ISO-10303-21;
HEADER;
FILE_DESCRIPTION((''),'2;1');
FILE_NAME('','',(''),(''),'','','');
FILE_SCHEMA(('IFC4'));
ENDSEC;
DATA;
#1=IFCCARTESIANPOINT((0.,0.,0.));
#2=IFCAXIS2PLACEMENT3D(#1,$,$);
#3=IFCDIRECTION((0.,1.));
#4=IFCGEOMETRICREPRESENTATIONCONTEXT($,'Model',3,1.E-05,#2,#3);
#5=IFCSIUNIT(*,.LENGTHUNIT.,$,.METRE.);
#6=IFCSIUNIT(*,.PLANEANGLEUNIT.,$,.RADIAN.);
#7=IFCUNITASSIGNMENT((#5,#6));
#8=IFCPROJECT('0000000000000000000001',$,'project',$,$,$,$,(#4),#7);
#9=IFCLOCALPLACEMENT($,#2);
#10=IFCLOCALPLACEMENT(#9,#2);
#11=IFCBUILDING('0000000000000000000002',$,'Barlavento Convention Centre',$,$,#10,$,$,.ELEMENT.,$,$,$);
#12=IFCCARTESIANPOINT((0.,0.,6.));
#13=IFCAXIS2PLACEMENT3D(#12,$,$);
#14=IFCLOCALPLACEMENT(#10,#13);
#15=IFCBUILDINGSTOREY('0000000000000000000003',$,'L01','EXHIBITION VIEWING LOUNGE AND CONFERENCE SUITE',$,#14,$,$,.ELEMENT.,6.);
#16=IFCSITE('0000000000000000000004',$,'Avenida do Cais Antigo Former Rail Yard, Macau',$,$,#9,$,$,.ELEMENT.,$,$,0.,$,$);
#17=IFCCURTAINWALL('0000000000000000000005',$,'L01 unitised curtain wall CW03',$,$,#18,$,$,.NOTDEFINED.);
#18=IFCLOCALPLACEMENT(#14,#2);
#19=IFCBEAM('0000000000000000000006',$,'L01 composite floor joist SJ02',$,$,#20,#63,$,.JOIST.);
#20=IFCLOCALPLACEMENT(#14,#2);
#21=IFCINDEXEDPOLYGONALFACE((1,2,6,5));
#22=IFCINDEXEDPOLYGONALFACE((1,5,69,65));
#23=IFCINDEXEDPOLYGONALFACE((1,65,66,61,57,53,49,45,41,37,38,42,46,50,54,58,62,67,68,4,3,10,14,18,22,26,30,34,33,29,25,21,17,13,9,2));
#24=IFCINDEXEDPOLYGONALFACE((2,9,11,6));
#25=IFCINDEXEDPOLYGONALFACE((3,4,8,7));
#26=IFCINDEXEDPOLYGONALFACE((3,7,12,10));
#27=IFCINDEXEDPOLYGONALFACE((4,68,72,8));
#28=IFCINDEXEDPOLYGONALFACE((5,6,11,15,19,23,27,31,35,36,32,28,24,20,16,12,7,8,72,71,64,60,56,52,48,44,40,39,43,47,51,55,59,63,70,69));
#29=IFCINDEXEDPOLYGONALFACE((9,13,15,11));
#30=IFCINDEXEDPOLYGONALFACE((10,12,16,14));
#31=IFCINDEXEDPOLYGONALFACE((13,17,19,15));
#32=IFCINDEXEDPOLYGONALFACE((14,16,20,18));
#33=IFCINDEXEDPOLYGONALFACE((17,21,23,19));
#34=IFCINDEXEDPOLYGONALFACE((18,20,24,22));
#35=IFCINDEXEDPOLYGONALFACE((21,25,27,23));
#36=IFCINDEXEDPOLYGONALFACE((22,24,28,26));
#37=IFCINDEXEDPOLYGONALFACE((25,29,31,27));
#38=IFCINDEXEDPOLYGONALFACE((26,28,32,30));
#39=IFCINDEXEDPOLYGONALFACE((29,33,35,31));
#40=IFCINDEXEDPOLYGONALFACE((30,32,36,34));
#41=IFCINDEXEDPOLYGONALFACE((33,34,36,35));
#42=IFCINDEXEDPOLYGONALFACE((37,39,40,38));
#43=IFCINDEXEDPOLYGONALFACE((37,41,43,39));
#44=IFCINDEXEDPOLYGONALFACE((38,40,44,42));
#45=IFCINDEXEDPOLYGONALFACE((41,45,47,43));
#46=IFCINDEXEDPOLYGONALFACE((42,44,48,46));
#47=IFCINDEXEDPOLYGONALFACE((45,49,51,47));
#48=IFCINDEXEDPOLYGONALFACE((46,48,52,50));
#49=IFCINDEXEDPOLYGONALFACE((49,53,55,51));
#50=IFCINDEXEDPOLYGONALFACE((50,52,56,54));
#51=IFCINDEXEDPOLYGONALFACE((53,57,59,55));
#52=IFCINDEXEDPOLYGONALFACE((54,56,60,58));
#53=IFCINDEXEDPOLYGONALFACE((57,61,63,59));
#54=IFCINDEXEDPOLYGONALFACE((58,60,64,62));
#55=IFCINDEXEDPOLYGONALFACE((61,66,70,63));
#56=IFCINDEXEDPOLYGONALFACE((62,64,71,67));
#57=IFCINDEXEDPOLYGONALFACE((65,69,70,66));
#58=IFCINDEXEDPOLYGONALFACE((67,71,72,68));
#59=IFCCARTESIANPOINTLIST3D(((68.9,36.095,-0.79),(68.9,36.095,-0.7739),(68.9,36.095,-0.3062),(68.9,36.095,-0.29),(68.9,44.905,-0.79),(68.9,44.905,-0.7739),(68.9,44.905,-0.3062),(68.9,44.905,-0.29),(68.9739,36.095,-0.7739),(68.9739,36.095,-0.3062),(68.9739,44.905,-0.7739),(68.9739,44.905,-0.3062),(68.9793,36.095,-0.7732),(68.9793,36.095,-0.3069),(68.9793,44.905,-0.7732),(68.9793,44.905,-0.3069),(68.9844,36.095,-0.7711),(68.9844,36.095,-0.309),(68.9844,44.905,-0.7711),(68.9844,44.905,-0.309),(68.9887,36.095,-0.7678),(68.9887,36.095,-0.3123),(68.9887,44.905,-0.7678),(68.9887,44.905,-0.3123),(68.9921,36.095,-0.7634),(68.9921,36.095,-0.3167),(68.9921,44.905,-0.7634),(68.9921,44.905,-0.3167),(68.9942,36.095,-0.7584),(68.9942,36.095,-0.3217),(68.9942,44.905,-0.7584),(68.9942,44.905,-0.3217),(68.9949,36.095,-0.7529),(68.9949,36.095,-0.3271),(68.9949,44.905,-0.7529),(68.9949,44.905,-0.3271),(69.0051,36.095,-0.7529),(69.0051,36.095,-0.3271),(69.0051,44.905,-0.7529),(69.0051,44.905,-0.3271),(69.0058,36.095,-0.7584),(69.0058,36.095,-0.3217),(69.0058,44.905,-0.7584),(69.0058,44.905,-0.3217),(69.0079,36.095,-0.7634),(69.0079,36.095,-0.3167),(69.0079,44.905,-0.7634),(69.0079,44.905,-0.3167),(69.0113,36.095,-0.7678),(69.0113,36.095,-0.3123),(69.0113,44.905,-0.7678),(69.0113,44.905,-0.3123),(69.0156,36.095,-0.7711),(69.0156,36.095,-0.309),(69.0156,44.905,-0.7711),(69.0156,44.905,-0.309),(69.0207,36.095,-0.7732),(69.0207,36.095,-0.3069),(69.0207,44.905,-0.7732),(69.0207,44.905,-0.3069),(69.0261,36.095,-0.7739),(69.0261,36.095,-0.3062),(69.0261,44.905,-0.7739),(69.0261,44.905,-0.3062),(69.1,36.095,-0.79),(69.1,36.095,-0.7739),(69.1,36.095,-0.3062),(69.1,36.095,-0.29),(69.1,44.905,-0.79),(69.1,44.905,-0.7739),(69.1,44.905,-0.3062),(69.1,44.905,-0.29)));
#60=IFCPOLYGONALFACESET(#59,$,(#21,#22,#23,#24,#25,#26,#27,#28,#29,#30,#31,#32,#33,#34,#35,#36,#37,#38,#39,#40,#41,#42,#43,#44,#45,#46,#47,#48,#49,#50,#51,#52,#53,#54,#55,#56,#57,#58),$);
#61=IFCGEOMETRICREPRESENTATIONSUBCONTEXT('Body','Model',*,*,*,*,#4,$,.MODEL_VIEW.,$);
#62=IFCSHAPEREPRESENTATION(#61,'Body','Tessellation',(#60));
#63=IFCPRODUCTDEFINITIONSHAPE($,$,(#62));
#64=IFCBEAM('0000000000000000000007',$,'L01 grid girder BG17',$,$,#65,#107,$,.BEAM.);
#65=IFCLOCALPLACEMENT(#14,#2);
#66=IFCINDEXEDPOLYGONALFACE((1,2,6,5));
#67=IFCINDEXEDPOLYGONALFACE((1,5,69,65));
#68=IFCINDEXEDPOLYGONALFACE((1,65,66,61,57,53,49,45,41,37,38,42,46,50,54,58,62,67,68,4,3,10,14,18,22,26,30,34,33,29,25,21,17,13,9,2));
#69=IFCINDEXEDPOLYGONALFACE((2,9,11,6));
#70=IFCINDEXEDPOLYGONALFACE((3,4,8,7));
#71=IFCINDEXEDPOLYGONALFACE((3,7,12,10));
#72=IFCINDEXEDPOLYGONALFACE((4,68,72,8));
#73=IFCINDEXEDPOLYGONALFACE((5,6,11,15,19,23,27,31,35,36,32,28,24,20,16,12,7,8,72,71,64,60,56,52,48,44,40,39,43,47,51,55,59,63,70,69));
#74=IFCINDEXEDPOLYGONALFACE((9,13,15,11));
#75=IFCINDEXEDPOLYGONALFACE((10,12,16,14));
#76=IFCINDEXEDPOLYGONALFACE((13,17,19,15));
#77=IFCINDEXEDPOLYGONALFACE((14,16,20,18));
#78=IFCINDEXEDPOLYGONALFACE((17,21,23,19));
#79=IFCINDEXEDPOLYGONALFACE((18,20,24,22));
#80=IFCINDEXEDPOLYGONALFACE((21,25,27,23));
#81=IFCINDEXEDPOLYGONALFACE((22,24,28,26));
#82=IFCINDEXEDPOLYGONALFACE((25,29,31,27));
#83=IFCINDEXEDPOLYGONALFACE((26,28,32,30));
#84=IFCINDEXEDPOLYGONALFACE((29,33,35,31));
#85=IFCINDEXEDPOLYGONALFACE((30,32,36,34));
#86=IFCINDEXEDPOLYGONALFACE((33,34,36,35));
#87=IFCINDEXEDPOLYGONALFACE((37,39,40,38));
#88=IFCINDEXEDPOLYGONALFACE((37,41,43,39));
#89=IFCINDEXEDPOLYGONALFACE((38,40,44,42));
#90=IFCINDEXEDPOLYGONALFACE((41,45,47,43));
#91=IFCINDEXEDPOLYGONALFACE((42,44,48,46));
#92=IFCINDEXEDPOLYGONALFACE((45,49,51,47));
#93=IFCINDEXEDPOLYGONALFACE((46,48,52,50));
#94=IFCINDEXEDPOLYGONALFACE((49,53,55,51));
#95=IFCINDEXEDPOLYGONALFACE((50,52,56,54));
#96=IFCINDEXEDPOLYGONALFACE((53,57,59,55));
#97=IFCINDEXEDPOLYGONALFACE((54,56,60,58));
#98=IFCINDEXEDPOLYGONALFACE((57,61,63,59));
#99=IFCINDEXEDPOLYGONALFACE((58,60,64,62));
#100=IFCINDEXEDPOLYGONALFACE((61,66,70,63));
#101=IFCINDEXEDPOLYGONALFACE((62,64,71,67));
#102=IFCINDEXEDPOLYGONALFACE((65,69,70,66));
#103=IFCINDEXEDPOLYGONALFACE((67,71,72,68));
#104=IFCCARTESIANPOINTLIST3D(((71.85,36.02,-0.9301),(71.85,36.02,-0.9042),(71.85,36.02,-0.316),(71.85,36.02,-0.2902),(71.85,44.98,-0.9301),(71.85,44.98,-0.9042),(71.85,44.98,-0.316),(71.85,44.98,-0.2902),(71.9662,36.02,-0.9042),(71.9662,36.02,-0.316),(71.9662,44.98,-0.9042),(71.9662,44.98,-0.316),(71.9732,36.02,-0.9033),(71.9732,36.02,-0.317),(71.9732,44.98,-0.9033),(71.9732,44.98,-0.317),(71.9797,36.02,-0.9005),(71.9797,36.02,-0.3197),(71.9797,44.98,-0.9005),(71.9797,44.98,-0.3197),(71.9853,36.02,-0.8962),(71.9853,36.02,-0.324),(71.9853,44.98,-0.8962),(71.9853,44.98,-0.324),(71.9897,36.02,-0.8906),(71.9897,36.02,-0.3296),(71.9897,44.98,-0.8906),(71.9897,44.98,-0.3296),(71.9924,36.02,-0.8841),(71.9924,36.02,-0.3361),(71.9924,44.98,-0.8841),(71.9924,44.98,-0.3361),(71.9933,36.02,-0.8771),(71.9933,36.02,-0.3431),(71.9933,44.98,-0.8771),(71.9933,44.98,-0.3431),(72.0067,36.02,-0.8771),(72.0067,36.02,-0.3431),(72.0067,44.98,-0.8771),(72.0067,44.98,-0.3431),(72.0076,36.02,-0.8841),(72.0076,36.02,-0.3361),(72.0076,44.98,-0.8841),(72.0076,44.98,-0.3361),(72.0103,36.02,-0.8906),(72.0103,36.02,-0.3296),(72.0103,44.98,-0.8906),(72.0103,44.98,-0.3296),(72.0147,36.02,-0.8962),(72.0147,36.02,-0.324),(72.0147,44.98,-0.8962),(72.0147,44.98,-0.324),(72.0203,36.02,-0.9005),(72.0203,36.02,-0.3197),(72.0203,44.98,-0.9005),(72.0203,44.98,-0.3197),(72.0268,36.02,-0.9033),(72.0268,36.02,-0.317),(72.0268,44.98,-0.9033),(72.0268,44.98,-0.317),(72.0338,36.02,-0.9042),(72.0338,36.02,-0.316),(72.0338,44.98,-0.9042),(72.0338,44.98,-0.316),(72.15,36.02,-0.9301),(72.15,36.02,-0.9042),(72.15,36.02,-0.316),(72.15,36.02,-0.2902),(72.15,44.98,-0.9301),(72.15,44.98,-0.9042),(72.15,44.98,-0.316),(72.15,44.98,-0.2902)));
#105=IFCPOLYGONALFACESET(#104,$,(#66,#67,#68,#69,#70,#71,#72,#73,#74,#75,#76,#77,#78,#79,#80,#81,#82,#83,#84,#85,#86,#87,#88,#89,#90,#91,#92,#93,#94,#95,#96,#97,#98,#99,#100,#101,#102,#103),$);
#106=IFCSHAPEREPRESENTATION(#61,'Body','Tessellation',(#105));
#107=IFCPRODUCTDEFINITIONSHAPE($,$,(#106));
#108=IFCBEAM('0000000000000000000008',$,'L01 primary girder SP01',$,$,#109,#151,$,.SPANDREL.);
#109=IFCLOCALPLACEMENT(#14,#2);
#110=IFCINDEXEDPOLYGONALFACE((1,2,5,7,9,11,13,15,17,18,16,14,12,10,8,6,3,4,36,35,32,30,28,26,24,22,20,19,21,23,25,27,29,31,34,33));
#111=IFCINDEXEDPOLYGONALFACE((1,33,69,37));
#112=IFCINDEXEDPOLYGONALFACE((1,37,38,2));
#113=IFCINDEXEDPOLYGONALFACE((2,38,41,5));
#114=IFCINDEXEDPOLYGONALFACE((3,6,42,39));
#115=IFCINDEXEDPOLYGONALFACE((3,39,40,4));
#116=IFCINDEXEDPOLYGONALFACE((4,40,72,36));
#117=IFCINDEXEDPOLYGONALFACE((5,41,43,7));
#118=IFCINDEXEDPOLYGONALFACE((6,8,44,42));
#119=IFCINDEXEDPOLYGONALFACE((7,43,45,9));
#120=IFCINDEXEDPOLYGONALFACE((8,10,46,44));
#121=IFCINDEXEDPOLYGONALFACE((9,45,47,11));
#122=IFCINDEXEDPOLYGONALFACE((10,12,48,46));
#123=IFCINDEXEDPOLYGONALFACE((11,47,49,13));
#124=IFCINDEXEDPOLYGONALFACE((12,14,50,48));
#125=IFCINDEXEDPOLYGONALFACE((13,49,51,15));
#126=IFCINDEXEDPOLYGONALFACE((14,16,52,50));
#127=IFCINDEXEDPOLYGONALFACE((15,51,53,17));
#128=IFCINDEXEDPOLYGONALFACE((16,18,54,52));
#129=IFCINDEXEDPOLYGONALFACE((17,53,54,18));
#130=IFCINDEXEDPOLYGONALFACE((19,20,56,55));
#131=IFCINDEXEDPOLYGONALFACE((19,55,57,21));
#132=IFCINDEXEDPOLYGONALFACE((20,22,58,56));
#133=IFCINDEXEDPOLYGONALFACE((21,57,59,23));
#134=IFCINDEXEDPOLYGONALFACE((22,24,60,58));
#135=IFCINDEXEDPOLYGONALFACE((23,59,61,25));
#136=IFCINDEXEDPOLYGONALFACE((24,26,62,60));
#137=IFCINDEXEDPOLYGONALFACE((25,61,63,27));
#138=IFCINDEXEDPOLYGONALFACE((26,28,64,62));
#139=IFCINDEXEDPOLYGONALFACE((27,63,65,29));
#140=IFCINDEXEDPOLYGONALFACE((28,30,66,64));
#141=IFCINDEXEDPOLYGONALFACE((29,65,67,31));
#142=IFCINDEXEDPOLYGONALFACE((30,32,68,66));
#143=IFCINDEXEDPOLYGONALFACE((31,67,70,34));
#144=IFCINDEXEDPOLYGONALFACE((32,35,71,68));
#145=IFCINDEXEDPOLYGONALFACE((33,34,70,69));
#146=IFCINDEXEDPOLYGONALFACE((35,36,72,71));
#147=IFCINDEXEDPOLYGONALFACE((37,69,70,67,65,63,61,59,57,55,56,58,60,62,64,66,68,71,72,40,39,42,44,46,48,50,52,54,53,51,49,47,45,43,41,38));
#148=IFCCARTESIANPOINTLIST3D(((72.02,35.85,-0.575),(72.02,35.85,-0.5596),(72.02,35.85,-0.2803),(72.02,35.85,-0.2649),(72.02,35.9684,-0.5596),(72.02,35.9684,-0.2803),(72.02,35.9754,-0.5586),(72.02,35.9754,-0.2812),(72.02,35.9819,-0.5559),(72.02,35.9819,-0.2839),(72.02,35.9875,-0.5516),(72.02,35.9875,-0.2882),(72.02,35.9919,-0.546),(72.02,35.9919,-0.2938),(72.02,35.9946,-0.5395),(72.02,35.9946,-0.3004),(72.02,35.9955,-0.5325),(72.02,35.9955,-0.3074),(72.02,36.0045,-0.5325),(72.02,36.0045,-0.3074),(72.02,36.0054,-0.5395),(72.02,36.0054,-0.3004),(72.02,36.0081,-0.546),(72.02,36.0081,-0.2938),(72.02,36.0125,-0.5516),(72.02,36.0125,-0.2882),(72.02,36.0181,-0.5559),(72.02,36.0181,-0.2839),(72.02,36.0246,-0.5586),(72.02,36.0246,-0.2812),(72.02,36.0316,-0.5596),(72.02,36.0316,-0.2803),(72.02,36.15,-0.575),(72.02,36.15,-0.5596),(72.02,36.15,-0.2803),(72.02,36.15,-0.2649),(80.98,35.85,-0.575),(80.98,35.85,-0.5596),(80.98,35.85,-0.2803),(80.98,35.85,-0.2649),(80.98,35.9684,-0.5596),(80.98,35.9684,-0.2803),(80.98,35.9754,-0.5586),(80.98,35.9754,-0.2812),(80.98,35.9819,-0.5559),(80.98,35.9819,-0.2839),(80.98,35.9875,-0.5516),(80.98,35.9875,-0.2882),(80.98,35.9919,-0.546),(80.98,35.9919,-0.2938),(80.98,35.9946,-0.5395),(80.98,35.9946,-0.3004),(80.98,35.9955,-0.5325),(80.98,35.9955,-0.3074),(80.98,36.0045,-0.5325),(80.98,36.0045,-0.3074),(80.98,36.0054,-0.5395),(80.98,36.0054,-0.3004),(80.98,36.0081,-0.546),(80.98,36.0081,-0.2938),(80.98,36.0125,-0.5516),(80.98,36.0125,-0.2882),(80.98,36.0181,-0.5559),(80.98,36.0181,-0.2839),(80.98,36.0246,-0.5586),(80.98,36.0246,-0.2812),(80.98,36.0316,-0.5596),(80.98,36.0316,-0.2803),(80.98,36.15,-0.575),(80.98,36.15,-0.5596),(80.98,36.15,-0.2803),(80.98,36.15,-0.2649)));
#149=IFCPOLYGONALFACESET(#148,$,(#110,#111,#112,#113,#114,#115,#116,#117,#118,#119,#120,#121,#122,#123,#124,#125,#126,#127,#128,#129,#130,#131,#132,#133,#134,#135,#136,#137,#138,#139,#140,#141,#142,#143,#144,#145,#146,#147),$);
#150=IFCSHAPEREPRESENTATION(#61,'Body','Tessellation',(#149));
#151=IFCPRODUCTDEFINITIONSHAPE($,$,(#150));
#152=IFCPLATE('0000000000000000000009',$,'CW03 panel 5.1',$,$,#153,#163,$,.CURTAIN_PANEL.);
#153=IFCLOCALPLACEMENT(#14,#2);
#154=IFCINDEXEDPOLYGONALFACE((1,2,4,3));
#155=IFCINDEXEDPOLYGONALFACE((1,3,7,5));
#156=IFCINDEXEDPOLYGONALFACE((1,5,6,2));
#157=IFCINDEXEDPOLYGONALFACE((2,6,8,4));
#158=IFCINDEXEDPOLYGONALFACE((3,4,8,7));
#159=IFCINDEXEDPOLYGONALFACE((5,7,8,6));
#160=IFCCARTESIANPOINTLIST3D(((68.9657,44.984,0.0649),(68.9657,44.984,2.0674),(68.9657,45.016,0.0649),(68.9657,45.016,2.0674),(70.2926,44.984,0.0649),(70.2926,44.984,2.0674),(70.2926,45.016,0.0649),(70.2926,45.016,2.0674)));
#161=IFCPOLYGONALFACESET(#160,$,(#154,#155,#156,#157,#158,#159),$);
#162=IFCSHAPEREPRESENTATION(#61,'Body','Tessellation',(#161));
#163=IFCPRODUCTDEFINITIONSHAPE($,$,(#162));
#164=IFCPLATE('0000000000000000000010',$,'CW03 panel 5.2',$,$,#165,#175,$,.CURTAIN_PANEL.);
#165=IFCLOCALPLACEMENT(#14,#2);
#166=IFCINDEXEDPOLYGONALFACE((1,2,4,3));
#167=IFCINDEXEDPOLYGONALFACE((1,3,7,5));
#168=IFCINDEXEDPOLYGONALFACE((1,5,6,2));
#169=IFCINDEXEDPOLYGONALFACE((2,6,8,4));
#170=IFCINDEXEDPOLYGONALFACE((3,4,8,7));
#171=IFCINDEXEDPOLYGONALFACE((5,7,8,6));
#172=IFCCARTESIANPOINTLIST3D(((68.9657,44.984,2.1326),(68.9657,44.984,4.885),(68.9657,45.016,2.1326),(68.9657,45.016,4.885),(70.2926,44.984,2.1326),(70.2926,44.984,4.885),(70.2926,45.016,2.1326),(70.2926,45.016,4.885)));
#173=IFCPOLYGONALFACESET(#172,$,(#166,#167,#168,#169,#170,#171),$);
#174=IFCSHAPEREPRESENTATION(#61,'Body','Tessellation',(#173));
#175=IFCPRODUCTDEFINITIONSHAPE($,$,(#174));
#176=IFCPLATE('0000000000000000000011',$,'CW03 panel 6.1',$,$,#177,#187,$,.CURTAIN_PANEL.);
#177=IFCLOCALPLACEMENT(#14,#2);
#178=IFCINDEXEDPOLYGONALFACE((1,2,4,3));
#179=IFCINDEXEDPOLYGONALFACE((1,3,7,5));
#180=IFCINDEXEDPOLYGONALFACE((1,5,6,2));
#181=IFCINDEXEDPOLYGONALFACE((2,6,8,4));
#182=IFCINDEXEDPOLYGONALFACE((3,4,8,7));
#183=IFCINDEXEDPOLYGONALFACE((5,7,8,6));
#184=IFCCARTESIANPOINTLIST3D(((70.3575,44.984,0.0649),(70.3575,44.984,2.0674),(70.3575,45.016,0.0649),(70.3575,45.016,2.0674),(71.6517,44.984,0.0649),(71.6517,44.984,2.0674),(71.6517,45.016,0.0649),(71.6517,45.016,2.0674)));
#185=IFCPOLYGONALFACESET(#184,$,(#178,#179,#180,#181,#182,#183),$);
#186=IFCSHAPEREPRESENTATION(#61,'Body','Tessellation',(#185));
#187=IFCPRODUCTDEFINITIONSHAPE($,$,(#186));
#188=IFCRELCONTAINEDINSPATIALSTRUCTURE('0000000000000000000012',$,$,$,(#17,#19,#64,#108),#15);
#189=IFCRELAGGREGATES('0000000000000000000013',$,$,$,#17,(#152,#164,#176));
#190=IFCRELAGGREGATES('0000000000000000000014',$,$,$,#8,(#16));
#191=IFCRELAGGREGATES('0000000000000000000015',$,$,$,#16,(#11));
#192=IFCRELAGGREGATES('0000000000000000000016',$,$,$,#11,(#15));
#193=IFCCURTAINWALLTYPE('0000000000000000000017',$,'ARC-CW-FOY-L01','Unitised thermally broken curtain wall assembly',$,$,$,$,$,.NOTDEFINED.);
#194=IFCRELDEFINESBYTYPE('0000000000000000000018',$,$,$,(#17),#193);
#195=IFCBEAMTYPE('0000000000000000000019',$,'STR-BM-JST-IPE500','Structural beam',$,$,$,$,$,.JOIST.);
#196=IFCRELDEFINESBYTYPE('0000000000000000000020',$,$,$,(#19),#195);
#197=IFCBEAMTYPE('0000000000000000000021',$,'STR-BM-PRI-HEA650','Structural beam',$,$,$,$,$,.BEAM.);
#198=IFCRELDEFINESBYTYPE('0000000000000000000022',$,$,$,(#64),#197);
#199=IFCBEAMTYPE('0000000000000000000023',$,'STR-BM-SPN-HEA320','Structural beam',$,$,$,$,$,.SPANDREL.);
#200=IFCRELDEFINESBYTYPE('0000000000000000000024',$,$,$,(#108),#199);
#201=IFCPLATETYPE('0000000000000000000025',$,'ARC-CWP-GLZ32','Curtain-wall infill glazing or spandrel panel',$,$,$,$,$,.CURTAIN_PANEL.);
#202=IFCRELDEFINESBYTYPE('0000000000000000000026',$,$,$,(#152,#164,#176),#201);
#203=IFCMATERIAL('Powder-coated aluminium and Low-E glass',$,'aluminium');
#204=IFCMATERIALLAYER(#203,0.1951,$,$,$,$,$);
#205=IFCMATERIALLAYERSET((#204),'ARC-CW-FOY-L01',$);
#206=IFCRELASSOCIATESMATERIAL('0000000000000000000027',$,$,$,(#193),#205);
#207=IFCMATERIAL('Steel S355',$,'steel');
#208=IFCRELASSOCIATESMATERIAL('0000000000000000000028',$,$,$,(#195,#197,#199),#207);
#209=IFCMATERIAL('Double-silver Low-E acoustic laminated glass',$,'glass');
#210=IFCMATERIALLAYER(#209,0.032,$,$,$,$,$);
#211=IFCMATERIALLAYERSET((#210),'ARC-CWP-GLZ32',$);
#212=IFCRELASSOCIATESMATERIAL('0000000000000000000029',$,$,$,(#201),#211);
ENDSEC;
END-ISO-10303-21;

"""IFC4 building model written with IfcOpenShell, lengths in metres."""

from ifc_helpers import new_model, si_unit, direction, frame, origin, origin_2d, place, context, subcontext, project, spatial, rectangle, i_section, extrude, material, layer, layer_set, material_profile, profile_set, type_object, element, aggregate, save


model = new_model("IFC4")

# Units and contexts
model_context = context("Model", 3, precision=1e-05, world=origin(), true_north=direction((0.0, 1.0)))
body_context = subcontext(model_context, "Body", "Model", "MODEL_VIEW")
ifc_project = project(units=[si_unit("LENGTHUNIT", "METRE"), si_unit("PLANEANGLEUNIT", "RADIAN")], contexts=[model_context])

# Site, building, storey
site_placement = place(None, origin())
site = spatial("IfcSite", under=ifc_project, at=site_placement, Name="Avenida do Cais Antigo Former Rail Yard, Macau", CompositionType="ELEMENT", RefElevation=0.0)
building_placement = place(site_placement, origin())
building = spatial("IfcBuilding", under=site, at=building_placement, Name="Barlavento Convention Centre", CompositionType="ELEMENT")
storey_placement = place(building_placement, frame((0.0, 0.0, 6.0)))
storey = spatial("IfcBuildingStorey", under=building, at=storey_placement, Name="L01", Description="EXHIBITION VIEWING LOUNGE AND CONFERENCE SUITE", CompositionType="ELEMENT", Elevation=6.0)

# Curtain wall
ifc_material_1 = material(Name="Powder-coated aluminium and Low-E glass", Category="aluminium")
ifc_layer_1 = layer(ifc_material_1, 0.1951)
ifc_layer_set_1 = layer_set([ifc_layer_1], Name="ARC-CW-FOY-L01")
curtain_wall_type = type_object("IfcCurtainWallType", Name="ARC-CW-FOY-L01", Description="Unitised thermally broken curtain wall assembly", PredefinedType="NOTDEFINED", material=ifc_layer_set_1)
curtain_wall_placement = place(storey_placement, origin())
curtain_wall = element("IfcCurtainWall", 1, at=curtain_wall_placement, inside=storey, type_object=curtain_wall_type, Name="L01 unitised curtain wall CW03", PredefinedType="NOTDEFINED")

# Beams
ifc_material_2 = material(Name="Steel S355", Category="steel")
ifc_material_profile_1 = material_profile(ifc_material_2, i_section(OverallWidth=0.2, OverallDepth=0.5, WebThickness=0.0103, FlangeThickness=0.0161, FilletRadius=0.021, at=origin_2d()), Name="IPE 500")
ifc_profile_set_1 = profile_set([ifc_material_profile_1], Name="Steel S355")
beam_type_1 = type_object("IfcBeamType", Name="STR-BM-JST-IPE500", Description="Structural beam", PredefinedType="JOIST", material=ifc_profile_set_1)
beam_1_placement = place(storey_placement, frame((69.0, 36.095, -0.54), z_axis=(0.0, 1.0, 0.0), x_axis=(-1.0, 0.0, 0.0)))
element("IfcBeam", 2, at=beam_1_placement, inside=storey, type_object=beam_type_1, Name="L01 composite floor joist SJ02", PredefinedType="JOIST", context=body_context, shape_type="SweptSolid", body=[
    extrude(i_section(OverallWidth=0.2, OverallDepth=0.5, WebThickness=0.0103, FlangeThickness=0.0161, FilletRadius=0.021, at=origin_2d()), origin(), (0.0, 0.0, 1.0), 8.8101),
])
ifc_material_profile_2 = material_profile(ifc_material_2, i_section(OverallWidth=0.3, OverallDepth=0.6399, WebThickness=0.0134, FlangeThickness=0.0259, FilletRadius=0.0271, at=origin_2d()), Name="HEA 650")
ifc_profile_set_2 = profile_set([ifc_material_profile_2], Name="Steel S355")
beam_type_2 = type_object("IfcBeamType", Name="STR-BM-PRI-HEA650", Description="Structural beam", PredefinedType="BEAM", material=ifc_profile_set_2)
beam_2_placement = place(storey_placement, frame((72.0, 36.02, -0.6101), z_axis=(0.0, 1.0, 0.0), x_axis=(-1.0, 0.0, 0.0)))
element("IfcBeam", 3, at=beam_2_placement, inside=storey, type_object=beam_type_2, Name="L01 grid girder BG17", PredefinedType="BEAM", context=body_context, shape_type="SweptSolid", body=[
    extrude(i_section(OverallWidth=0.3, OverallDepth=0.6399, WebThickness=0.0134, FlangeThickness=0.0259, FilletRadius=0.0271, at=origin_2d()), origin(), (0.0, 0.0, 1.0), 8.96),
])
ifc_material_profile_3 = material_profile(ifc_material_2, i_section(OverallWidth=0.3, OverallDepth=0.3101, WebThickness=0.009, FlangeThickness=0.0154, FilletRadius=0.0271, at=origin_2d()), Name="HEA 320")
ifc_profile_set_3 = profile_set([ifc_material_profile_3], Name="Steel S355")
beam_type_3 = type_object("IfcBeamType", Name="STR-BM-SPN-HEA320", Description="Structural beam", PredefinedType="SPANDREL", material=ifc_profile_set_3)
beam_3_placement = place(storey_placement, frame((72.02, 36.0, -0.4199), z_axis=(1.0, 0.0, 0.0), x_axis=(0.0, 1.0, 0.0)))
element("IfcBeam", 4, at=beam_3_placement, inside=storey, type_object=beam_type_3, Name="L01 primary girder SP01", PredefinedType="SPANDREL", context=body_context, shape_type="SweptSolid", body=[
    extrude(i_section(OverallWidth=0.3, OverallDepth=0.3101, WebThickness=0.009, FlangeThickness=0.0154, FilletRadius=0.0271, at=origin_2d()), origin(), (0.0, 0.0, 1.0), 8.96),
])

# Plates
ifc_material_3 = material(Name="Double-silver Low-E acoustic laminated glass", Category="glass")
ifc_layer_2 = layer(ifc_material_3, 0.032)
ifc_layer_set_2 = layer_set([ifc_layer_2], Name="ARC-CWP-GLZ32")
plate_type = type_object("IfcPlateType", Name="ARC-CWP-GLZ32", Description="Curtain-wall infill glazing or spandrel panel", PredefinedType="CURTAIN_PANEL", material=ifc_layer_set_2)
plate_1_placement = place(storey_placement, frame((69.6292, 45.0, 0.0649), z_axis=(0.0, 0.0, 1.0), x_axis=(1.0, 0.0, 0.0)))
plate_1 = element("IfcPlate", 5, at=plate_1_placement, type_object=plate_type, Name="CW03 panel 5.1", PredefinedType="CURTAIN_PANEL", context=body_context, shape_type="SweptSolid", body=[
    extrude(rectangle(XDim=1.3269, YDim=0.032, at=origin_2d()), origin(), (0.0, 0.0, 1.0), 2.0024),
])
plate_2_placement = place(storey_placement, frame((69.6292, 45.0, 2.1326), z_axis=(0.0, 0.0, 1.0), x_axis=(1.0, 0.0, 0.0)))
plate_2 = element("IfcPlate", 6, at=plate_2_placement, type_object=plate_type, Name="CW03 panel 5.2", PredefinedType="CURTAIN_PANEL", context=body_context, shape_type="SweptSolid", body=[
    extrude(rectangle(XDim=1.3269, YDim=0.032, at=origin_2d()), origin(), (0.0, 0.0, 1.0), 2.7524),
])
plate_3_placement = place(storey_placement, frame((71.0046, 45.0, 0.0649), z_axis=(0.0, 0.0, 1.0), x_axis=(1.0, 0.0, 0.0)))
plate_3 = element("IfcPlate", 7, at=plate_3_placement, type_object=plate_type, Name="CW03 panel 6.1", PredefinedType="CURTAIN_PANEL", context=body_context, shape_type="SweptSolid", body=[
    extrude(rectangle(XDim=1.2942, YDim=0.032, at=origin_2d()), origin(), (0.0, 0.0, 1.0), 2.0024),
])
aggregate(curtain_wall, [plate_1, plate_2, plate_3])

save(model, "model.ifc")
